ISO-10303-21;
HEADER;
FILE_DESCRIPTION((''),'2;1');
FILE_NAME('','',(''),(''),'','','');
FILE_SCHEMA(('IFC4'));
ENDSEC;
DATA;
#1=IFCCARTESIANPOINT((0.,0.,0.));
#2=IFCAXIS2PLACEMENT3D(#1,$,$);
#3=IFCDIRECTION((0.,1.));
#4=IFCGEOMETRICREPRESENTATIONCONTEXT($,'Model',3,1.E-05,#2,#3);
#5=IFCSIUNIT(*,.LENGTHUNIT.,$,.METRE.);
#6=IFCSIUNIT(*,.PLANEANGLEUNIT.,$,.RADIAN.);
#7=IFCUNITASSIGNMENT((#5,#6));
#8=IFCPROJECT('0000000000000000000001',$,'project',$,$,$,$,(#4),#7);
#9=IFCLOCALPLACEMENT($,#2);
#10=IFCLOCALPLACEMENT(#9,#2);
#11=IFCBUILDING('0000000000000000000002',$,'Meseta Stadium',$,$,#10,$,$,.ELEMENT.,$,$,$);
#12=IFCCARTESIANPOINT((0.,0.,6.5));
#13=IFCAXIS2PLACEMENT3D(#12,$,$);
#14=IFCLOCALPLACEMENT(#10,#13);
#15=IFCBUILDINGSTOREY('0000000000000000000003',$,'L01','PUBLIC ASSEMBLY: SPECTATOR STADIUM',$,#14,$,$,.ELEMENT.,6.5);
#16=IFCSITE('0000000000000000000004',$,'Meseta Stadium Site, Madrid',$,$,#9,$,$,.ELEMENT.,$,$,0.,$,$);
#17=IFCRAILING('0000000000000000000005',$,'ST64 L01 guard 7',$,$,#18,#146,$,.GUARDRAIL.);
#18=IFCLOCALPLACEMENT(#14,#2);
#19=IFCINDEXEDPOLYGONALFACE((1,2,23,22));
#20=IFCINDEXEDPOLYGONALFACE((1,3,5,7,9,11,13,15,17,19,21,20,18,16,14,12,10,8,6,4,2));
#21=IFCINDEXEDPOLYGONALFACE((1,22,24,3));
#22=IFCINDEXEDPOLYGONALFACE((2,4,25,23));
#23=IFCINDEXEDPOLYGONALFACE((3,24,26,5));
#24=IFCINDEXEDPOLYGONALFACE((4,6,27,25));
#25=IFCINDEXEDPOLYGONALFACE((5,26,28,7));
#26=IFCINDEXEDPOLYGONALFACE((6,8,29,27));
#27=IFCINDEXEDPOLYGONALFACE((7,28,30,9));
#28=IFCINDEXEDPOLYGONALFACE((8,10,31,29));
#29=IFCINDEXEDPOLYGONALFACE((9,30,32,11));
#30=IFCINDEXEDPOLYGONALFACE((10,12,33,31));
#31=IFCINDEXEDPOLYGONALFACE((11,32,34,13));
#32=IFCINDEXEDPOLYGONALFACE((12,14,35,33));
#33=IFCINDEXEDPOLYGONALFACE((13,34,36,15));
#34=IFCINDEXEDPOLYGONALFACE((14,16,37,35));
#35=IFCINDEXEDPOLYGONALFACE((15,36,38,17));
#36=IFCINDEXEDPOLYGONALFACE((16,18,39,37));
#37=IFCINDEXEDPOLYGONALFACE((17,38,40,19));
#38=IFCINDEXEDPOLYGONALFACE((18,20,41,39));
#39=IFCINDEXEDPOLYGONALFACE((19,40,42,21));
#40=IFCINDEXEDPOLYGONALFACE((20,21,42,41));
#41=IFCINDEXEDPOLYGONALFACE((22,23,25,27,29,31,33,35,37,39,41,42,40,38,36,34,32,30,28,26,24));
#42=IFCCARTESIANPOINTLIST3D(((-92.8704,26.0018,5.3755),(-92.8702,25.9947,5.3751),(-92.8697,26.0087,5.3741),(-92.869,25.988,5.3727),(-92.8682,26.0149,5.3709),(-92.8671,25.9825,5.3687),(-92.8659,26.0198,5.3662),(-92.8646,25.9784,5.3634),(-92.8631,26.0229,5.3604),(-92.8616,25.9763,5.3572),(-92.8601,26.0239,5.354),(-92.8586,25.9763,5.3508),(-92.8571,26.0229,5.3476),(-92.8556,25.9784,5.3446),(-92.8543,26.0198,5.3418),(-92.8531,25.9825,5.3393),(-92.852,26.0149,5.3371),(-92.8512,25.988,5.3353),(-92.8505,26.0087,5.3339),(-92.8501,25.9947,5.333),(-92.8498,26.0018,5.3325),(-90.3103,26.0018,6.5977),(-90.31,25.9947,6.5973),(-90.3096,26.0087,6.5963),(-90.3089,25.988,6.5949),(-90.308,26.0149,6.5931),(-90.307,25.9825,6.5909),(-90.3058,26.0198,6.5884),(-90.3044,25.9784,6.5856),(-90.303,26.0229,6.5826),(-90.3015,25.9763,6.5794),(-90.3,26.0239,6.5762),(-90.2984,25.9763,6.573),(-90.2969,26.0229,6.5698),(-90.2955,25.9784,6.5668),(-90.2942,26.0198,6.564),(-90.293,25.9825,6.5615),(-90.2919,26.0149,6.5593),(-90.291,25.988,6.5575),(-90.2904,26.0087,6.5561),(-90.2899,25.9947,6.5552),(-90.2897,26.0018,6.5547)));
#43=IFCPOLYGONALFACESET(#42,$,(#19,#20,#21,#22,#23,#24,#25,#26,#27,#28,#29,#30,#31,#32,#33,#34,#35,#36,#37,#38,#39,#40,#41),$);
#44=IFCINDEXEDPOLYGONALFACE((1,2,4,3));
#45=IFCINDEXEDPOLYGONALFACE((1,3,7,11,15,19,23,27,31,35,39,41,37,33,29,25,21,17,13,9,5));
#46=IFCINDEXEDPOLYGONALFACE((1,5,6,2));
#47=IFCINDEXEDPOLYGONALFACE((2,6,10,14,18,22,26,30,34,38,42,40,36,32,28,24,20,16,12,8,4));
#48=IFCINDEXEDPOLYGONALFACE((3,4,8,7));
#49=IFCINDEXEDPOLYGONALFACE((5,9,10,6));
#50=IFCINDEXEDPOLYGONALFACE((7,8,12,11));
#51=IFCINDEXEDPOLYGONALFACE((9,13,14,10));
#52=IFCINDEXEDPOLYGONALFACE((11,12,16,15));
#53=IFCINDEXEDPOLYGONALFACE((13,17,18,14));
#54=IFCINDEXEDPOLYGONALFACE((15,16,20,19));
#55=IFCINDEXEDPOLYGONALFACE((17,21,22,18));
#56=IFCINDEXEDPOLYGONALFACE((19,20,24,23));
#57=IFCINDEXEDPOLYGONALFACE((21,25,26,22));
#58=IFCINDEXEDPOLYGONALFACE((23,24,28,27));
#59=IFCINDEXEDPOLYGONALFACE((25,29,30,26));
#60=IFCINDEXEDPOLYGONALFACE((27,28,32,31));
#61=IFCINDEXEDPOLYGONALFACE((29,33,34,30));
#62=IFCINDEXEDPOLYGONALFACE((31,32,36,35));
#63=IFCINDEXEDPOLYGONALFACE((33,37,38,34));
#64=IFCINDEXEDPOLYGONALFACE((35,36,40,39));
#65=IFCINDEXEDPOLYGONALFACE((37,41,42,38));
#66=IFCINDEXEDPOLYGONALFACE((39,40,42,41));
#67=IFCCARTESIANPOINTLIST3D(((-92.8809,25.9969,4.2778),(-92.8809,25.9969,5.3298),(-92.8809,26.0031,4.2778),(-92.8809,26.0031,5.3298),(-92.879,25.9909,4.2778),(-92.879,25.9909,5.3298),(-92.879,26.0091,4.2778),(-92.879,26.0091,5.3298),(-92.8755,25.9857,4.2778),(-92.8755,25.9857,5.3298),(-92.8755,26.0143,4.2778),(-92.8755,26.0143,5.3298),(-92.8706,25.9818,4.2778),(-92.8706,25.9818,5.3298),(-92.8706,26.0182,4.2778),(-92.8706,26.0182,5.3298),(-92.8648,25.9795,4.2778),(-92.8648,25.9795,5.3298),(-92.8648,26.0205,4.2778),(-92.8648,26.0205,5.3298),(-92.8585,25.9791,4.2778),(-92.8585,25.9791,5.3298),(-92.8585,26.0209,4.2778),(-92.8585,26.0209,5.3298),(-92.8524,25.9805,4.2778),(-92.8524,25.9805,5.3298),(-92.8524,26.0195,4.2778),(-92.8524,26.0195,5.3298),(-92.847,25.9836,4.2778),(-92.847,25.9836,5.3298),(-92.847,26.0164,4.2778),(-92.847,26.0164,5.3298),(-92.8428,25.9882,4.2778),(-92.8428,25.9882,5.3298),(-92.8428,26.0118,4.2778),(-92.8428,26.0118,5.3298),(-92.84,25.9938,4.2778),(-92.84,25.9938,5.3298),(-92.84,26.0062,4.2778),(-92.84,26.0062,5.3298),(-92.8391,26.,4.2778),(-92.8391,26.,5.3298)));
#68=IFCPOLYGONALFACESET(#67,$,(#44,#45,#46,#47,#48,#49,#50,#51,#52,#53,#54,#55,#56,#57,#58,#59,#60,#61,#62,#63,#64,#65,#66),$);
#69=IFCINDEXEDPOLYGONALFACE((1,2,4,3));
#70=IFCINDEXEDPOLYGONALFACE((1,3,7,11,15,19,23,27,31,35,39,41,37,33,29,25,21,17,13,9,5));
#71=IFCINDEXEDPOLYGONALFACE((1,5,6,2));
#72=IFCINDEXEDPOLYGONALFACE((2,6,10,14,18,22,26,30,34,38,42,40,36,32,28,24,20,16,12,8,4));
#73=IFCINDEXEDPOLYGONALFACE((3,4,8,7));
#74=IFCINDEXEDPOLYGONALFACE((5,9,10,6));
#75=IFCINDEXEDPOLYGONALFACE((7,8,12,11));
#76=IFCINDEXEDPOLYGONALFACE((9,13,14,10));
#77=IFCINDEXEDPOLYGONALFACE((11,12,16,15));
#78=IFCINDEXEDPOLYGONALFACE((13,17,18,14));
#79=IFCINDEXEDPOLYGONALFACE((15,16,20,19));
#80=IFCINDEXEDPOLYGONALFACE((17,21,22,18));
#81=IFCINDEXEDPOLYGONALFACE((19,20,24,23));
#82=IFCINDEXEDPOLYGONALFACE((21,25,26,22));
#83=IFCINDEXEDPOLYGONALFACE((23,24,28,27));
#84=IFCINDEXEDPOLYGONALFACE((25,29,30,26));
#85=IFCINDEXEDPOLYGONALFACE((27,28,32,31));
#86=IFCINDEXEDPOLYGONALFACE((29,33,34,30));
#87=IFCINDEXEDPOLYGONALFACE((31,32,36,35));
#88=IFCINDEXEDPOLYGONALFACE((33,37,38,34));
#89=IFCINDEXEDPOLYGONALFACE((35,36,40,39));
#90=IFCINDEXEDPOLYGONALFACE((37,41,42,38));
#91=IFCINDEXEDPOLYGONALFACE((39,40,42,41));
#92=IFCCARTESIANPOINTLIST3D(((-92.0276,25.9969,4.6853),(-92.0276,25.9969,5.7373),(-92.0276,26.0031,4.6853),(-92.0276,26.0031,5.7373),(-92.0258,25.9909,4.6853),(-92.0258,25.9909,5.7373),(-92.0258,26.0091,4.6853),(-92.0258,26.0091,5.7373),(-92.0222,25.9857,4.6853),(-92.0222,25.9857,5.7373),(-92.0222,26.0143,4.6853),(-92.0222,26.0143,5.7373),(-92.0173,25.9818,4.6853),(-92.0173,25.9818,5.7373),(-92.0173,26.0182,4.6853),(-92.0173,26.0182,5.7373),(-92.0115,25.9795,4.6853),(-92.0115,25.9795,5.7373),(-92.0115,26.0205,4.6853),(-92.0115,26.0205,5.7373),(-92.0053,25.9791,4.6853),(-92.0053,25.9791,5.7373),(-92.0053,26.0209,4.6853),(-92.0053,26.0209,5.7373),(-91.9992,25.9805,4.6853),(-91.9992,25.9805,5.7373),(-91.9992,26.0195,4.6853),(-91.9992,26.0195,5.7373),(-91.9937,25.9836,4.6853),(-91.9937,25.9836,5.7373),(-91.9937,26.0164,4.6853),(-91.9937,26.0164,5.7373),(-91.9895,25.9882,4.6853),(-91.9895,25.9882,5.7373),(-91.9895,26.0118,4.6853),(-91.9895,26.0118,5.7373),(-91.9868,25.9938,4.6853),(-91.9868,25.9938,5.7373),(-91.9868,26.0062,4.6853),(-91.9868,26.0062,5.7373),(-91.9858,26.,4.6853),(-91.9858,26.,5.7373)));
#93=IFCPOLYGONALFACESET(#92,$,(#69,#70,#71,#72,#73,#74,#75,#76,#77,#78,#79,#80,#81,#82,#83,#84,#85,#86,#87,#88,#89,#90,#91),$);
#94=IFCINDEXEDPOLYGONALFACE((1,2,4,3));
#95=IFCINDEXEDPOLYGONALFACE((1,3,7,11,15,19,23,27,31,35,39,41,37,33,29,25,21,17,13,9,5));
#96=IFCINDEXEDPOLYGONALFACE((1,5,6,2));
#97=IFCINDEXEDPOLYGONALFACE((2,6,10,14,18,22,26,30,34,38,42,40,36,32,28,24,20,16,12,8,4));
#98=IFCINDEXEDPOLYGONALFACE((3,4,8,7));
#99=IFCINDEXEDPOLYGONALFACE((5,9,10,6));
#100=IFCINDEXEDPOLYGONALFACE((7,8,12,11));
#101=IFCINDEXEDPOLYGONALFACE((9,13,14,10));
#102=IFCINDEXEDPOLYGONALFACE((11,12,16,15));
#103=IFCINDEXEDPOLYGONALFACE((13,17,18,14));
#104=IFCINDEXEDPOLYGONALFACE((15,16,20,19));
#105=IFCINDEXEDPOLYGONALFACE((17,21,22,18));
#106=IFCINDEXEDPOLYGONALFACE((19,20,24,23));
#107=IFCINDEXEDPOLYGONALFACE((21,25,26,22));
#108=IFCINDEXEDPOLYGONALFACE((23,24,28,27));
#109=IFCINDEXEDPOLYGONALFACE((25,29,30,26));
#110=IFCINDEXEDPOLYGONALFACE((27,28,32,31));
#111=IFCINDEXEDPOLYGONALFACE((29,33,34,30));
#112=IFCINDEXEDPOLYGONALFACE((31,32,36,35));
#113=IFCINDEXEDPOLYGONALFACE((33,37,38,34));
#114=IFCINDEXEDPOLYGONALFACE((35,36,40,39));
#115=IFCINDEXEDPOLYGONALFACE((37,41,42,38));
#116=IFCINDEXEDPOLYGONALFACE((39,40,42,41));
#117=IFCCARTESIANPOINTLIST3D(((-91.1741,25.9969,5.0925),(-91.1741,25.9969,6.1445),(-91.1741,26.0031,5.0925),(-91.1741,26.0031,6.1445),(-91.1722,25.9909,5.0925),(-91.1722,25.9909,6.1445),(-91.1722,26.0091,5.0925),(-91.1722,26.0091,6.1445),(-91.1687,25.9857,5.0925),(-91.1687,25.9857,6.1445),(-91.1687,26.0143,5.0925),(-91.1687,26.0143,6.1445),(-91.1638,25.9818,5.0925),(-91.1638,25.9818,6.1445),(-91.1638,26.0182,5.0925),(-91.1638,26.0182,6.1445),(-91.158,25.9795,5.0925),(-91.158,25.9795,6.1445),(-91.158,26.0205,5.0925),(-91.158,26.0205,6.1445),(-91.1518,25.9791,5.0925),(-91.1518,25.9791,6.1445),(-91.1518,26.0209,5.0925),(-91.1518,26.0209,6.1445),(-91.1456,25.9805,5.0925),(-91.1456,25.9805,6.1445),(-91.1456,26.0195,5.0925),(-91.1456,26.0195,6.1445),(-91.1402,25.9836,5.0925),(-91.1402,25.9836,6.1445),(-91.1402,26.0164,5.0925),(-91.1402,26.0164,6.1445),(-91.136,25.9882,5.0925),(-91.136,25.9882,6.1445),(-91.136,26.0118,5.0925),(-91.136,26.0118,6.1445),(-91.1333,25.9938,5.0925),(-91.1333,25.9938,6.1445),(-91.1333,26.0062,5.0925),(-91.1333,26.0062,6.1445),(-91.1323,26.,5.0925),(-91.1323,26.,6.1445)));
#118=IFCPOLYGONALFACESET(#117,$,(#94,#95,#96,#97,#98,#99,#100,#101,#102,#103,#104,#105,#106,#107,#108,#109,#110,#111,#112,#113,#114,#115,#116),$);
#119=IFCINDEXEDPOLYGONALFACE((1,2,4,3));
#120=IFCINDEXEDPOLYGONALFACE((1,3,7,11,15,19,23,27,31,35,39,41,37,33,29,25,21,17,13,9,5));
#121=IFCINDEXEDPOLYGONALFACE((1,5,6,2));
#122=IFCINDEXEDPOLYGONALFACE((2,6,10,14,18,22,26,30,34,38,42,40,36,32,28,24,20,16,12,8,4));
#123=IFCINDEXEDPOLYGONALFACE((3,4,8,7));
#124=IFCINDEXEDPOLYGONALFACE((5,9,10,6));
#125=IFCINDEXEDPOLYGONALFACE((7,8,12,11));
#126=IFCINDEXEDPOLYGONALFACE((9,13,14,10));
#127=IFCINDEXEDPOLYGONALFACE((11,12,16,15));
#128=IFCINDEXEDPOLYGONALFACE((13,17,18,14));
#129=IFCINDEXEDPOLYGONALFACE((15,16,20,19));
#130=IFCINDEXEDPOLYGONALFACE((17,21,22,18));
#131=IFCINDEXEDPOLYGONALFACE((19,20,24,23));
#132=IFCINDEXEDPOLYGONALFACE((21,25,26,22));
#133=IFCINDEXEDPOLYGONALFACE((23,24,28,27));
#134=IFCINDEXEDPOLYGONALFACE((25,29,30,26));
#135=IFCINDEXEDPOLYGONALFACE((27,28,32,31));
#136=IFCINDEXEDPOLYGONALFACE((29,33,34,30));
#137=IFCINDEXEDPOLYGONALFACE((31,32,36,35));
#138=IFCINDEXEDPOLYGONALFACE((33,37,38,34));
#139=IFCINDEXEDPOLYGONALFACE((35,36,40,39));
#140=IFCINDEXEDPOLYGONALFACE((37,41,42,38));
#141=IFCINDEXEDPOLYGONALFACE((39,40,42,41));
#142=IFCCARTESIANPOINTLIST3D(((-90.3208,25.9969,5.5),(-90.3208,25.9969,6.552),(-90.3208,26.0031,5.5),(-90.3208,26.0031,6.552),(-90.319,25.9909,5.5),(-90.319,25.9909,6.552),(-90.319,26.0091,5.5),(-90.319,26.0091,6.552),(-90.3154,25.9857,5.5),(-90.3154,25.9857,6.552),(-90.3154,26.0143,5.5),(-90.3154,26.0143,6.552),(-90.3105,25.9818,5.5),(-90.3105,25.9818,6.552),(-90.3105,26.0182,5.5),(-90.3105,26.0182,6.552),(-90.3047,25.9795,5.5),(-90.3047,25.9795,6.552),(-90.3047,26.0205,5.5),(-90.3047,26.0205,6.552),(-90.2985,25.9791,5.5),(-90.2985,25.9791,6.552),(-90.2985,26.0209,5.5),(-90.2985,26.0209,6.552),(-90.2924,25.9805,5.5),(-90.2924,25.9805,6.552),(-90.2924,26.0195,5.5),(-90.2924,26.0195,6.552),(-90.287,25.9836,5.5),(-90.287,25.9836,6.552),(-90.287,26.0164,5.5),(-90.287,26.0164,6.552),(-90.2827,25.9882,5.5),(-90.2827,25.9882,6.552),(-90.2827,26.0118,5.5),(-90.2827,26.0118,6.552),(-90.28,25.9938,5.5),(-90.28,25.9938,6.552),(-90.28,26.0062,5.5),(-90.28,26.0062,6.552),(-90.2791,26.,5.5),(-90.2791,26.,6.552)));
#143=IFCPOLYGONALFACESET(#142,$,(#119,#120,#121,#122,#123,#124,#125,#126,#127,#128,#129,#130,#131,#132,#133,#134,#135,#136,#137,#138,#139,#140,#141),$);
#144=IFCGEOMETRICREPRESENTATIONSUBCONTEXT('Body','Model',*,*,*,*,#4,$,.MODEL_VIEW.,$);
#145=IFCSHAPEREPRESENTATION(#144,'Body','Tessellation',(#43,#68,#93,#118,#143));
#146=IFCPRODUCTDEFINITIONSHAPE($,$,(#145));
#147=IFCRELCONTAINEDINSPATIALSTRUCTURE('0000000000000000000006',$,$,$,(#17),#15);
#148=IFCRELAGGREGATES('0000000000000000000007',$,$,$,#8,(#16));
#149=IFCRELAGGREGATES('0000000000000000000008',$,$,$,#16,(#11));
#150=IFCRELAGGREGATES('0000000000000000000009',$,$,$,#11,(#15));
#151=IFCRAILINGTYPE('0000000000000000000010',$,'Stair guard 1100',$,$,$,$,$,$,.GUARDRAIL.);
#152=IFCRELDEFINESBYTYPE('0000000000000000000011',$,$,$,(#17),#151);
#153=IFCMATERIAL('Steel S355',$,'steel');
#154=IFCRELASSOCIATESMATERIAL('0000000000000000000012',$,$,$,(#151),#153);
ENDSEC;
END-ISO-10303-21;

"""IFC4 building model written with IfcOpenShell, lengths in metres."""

from ifc_helpers import new_model, si_unit, direction, frame, origin, origin_2d, place, context, subcontext, project, spatial, circle, extrude, material, type_object, element, save


model = new_model("IFC4")

# Units and contexts
model_context = context("Model", 3, precision=1e-05, world=origin(), true_north=direction((0.0, 1.0)))
body_context = subcontext(model_context, "Body", "Model", "MODEL_VIEW")
ifc_project = project(units=[si_unit("LENGTHUNIT", "METRE"), si_unit("PLANEANGLEUNIT", "RADIAN")], contexts=[model_context])

# Site, building, storey
site_placement = place(None, origin())
site = spatial("IfcSite", under=ifc_project, at=site_placement, Name="Meseta Stadium Site, Madrid", CompositionType="ELEMENT", RefElevation=0.0)
building_placement = place(site_placement, origin())
building = spatial("IfcBuilding", under=site, at=building_placement, Name="Meseta Stadium", CompositionType="ELEMENT")
storey_placement = place(building_placement, frame((0.0, 0.0, 6.5)))
storey = spatial("IfcBuildingStorey", under=building, at=storey_placement, Name="L01", Description="PUBLIC ASSEMBLY: SPECTATOR STADIUM", CompositionType="ELEMENT", Elevation=6.5)

# Railing
ifc_material_1 = material(Name="Steel S355", Category="steel")
railing_type_1 = type_object("IfcRailingType", Name="Stair guard 1100", PredefinedType="GUARDRAIL", material=ifc_material_1)
railing_1_placement = place(storey_placement, frame((-92.8601, 26.0, 4.2778)))
element("IfcRailing", 1, at=railing_1_placement, inside=storey, type_object=railing_type_1, Name="ST64 L01 guard 7", PredefinedType="GUARDRAIL", context=body_context, shape_type="SweptSolid", body=[
    extrude(circle(Radius=0.0239, at=origin_2d()), frame((0.0, 0.0, 1.0762), z_axis=(0.902437, 0.0, 0.430822), x_axis=(0.0, 1.0, 0.0)), (0.0, 0.0, 1.0), 2.8369),
    extrude(circle(Radius=0.021, at=origin_2d()), origin(), (0.0, 0.0, 1.0), 1.052),
    extrude(circle(Radius=0.021, at=origin_2d()), frame((0.8533, 0.0, 0.4075)), (0.0, 0.0, 1.0), 1.052),
    extrude(circle(Radius=0.021, at=origin_2d()), frame((1.7068, 0.0, 0.8147)), (0.0, 0.0, 1.0), 1.052),
    extrude(circle(Radius=0.021, at=origin_2d()), frame((2.5601, 0.0, 1.2222)), (0.0, 0.0, 1.0), 1.052),
])

save(model, "model.ifc")
